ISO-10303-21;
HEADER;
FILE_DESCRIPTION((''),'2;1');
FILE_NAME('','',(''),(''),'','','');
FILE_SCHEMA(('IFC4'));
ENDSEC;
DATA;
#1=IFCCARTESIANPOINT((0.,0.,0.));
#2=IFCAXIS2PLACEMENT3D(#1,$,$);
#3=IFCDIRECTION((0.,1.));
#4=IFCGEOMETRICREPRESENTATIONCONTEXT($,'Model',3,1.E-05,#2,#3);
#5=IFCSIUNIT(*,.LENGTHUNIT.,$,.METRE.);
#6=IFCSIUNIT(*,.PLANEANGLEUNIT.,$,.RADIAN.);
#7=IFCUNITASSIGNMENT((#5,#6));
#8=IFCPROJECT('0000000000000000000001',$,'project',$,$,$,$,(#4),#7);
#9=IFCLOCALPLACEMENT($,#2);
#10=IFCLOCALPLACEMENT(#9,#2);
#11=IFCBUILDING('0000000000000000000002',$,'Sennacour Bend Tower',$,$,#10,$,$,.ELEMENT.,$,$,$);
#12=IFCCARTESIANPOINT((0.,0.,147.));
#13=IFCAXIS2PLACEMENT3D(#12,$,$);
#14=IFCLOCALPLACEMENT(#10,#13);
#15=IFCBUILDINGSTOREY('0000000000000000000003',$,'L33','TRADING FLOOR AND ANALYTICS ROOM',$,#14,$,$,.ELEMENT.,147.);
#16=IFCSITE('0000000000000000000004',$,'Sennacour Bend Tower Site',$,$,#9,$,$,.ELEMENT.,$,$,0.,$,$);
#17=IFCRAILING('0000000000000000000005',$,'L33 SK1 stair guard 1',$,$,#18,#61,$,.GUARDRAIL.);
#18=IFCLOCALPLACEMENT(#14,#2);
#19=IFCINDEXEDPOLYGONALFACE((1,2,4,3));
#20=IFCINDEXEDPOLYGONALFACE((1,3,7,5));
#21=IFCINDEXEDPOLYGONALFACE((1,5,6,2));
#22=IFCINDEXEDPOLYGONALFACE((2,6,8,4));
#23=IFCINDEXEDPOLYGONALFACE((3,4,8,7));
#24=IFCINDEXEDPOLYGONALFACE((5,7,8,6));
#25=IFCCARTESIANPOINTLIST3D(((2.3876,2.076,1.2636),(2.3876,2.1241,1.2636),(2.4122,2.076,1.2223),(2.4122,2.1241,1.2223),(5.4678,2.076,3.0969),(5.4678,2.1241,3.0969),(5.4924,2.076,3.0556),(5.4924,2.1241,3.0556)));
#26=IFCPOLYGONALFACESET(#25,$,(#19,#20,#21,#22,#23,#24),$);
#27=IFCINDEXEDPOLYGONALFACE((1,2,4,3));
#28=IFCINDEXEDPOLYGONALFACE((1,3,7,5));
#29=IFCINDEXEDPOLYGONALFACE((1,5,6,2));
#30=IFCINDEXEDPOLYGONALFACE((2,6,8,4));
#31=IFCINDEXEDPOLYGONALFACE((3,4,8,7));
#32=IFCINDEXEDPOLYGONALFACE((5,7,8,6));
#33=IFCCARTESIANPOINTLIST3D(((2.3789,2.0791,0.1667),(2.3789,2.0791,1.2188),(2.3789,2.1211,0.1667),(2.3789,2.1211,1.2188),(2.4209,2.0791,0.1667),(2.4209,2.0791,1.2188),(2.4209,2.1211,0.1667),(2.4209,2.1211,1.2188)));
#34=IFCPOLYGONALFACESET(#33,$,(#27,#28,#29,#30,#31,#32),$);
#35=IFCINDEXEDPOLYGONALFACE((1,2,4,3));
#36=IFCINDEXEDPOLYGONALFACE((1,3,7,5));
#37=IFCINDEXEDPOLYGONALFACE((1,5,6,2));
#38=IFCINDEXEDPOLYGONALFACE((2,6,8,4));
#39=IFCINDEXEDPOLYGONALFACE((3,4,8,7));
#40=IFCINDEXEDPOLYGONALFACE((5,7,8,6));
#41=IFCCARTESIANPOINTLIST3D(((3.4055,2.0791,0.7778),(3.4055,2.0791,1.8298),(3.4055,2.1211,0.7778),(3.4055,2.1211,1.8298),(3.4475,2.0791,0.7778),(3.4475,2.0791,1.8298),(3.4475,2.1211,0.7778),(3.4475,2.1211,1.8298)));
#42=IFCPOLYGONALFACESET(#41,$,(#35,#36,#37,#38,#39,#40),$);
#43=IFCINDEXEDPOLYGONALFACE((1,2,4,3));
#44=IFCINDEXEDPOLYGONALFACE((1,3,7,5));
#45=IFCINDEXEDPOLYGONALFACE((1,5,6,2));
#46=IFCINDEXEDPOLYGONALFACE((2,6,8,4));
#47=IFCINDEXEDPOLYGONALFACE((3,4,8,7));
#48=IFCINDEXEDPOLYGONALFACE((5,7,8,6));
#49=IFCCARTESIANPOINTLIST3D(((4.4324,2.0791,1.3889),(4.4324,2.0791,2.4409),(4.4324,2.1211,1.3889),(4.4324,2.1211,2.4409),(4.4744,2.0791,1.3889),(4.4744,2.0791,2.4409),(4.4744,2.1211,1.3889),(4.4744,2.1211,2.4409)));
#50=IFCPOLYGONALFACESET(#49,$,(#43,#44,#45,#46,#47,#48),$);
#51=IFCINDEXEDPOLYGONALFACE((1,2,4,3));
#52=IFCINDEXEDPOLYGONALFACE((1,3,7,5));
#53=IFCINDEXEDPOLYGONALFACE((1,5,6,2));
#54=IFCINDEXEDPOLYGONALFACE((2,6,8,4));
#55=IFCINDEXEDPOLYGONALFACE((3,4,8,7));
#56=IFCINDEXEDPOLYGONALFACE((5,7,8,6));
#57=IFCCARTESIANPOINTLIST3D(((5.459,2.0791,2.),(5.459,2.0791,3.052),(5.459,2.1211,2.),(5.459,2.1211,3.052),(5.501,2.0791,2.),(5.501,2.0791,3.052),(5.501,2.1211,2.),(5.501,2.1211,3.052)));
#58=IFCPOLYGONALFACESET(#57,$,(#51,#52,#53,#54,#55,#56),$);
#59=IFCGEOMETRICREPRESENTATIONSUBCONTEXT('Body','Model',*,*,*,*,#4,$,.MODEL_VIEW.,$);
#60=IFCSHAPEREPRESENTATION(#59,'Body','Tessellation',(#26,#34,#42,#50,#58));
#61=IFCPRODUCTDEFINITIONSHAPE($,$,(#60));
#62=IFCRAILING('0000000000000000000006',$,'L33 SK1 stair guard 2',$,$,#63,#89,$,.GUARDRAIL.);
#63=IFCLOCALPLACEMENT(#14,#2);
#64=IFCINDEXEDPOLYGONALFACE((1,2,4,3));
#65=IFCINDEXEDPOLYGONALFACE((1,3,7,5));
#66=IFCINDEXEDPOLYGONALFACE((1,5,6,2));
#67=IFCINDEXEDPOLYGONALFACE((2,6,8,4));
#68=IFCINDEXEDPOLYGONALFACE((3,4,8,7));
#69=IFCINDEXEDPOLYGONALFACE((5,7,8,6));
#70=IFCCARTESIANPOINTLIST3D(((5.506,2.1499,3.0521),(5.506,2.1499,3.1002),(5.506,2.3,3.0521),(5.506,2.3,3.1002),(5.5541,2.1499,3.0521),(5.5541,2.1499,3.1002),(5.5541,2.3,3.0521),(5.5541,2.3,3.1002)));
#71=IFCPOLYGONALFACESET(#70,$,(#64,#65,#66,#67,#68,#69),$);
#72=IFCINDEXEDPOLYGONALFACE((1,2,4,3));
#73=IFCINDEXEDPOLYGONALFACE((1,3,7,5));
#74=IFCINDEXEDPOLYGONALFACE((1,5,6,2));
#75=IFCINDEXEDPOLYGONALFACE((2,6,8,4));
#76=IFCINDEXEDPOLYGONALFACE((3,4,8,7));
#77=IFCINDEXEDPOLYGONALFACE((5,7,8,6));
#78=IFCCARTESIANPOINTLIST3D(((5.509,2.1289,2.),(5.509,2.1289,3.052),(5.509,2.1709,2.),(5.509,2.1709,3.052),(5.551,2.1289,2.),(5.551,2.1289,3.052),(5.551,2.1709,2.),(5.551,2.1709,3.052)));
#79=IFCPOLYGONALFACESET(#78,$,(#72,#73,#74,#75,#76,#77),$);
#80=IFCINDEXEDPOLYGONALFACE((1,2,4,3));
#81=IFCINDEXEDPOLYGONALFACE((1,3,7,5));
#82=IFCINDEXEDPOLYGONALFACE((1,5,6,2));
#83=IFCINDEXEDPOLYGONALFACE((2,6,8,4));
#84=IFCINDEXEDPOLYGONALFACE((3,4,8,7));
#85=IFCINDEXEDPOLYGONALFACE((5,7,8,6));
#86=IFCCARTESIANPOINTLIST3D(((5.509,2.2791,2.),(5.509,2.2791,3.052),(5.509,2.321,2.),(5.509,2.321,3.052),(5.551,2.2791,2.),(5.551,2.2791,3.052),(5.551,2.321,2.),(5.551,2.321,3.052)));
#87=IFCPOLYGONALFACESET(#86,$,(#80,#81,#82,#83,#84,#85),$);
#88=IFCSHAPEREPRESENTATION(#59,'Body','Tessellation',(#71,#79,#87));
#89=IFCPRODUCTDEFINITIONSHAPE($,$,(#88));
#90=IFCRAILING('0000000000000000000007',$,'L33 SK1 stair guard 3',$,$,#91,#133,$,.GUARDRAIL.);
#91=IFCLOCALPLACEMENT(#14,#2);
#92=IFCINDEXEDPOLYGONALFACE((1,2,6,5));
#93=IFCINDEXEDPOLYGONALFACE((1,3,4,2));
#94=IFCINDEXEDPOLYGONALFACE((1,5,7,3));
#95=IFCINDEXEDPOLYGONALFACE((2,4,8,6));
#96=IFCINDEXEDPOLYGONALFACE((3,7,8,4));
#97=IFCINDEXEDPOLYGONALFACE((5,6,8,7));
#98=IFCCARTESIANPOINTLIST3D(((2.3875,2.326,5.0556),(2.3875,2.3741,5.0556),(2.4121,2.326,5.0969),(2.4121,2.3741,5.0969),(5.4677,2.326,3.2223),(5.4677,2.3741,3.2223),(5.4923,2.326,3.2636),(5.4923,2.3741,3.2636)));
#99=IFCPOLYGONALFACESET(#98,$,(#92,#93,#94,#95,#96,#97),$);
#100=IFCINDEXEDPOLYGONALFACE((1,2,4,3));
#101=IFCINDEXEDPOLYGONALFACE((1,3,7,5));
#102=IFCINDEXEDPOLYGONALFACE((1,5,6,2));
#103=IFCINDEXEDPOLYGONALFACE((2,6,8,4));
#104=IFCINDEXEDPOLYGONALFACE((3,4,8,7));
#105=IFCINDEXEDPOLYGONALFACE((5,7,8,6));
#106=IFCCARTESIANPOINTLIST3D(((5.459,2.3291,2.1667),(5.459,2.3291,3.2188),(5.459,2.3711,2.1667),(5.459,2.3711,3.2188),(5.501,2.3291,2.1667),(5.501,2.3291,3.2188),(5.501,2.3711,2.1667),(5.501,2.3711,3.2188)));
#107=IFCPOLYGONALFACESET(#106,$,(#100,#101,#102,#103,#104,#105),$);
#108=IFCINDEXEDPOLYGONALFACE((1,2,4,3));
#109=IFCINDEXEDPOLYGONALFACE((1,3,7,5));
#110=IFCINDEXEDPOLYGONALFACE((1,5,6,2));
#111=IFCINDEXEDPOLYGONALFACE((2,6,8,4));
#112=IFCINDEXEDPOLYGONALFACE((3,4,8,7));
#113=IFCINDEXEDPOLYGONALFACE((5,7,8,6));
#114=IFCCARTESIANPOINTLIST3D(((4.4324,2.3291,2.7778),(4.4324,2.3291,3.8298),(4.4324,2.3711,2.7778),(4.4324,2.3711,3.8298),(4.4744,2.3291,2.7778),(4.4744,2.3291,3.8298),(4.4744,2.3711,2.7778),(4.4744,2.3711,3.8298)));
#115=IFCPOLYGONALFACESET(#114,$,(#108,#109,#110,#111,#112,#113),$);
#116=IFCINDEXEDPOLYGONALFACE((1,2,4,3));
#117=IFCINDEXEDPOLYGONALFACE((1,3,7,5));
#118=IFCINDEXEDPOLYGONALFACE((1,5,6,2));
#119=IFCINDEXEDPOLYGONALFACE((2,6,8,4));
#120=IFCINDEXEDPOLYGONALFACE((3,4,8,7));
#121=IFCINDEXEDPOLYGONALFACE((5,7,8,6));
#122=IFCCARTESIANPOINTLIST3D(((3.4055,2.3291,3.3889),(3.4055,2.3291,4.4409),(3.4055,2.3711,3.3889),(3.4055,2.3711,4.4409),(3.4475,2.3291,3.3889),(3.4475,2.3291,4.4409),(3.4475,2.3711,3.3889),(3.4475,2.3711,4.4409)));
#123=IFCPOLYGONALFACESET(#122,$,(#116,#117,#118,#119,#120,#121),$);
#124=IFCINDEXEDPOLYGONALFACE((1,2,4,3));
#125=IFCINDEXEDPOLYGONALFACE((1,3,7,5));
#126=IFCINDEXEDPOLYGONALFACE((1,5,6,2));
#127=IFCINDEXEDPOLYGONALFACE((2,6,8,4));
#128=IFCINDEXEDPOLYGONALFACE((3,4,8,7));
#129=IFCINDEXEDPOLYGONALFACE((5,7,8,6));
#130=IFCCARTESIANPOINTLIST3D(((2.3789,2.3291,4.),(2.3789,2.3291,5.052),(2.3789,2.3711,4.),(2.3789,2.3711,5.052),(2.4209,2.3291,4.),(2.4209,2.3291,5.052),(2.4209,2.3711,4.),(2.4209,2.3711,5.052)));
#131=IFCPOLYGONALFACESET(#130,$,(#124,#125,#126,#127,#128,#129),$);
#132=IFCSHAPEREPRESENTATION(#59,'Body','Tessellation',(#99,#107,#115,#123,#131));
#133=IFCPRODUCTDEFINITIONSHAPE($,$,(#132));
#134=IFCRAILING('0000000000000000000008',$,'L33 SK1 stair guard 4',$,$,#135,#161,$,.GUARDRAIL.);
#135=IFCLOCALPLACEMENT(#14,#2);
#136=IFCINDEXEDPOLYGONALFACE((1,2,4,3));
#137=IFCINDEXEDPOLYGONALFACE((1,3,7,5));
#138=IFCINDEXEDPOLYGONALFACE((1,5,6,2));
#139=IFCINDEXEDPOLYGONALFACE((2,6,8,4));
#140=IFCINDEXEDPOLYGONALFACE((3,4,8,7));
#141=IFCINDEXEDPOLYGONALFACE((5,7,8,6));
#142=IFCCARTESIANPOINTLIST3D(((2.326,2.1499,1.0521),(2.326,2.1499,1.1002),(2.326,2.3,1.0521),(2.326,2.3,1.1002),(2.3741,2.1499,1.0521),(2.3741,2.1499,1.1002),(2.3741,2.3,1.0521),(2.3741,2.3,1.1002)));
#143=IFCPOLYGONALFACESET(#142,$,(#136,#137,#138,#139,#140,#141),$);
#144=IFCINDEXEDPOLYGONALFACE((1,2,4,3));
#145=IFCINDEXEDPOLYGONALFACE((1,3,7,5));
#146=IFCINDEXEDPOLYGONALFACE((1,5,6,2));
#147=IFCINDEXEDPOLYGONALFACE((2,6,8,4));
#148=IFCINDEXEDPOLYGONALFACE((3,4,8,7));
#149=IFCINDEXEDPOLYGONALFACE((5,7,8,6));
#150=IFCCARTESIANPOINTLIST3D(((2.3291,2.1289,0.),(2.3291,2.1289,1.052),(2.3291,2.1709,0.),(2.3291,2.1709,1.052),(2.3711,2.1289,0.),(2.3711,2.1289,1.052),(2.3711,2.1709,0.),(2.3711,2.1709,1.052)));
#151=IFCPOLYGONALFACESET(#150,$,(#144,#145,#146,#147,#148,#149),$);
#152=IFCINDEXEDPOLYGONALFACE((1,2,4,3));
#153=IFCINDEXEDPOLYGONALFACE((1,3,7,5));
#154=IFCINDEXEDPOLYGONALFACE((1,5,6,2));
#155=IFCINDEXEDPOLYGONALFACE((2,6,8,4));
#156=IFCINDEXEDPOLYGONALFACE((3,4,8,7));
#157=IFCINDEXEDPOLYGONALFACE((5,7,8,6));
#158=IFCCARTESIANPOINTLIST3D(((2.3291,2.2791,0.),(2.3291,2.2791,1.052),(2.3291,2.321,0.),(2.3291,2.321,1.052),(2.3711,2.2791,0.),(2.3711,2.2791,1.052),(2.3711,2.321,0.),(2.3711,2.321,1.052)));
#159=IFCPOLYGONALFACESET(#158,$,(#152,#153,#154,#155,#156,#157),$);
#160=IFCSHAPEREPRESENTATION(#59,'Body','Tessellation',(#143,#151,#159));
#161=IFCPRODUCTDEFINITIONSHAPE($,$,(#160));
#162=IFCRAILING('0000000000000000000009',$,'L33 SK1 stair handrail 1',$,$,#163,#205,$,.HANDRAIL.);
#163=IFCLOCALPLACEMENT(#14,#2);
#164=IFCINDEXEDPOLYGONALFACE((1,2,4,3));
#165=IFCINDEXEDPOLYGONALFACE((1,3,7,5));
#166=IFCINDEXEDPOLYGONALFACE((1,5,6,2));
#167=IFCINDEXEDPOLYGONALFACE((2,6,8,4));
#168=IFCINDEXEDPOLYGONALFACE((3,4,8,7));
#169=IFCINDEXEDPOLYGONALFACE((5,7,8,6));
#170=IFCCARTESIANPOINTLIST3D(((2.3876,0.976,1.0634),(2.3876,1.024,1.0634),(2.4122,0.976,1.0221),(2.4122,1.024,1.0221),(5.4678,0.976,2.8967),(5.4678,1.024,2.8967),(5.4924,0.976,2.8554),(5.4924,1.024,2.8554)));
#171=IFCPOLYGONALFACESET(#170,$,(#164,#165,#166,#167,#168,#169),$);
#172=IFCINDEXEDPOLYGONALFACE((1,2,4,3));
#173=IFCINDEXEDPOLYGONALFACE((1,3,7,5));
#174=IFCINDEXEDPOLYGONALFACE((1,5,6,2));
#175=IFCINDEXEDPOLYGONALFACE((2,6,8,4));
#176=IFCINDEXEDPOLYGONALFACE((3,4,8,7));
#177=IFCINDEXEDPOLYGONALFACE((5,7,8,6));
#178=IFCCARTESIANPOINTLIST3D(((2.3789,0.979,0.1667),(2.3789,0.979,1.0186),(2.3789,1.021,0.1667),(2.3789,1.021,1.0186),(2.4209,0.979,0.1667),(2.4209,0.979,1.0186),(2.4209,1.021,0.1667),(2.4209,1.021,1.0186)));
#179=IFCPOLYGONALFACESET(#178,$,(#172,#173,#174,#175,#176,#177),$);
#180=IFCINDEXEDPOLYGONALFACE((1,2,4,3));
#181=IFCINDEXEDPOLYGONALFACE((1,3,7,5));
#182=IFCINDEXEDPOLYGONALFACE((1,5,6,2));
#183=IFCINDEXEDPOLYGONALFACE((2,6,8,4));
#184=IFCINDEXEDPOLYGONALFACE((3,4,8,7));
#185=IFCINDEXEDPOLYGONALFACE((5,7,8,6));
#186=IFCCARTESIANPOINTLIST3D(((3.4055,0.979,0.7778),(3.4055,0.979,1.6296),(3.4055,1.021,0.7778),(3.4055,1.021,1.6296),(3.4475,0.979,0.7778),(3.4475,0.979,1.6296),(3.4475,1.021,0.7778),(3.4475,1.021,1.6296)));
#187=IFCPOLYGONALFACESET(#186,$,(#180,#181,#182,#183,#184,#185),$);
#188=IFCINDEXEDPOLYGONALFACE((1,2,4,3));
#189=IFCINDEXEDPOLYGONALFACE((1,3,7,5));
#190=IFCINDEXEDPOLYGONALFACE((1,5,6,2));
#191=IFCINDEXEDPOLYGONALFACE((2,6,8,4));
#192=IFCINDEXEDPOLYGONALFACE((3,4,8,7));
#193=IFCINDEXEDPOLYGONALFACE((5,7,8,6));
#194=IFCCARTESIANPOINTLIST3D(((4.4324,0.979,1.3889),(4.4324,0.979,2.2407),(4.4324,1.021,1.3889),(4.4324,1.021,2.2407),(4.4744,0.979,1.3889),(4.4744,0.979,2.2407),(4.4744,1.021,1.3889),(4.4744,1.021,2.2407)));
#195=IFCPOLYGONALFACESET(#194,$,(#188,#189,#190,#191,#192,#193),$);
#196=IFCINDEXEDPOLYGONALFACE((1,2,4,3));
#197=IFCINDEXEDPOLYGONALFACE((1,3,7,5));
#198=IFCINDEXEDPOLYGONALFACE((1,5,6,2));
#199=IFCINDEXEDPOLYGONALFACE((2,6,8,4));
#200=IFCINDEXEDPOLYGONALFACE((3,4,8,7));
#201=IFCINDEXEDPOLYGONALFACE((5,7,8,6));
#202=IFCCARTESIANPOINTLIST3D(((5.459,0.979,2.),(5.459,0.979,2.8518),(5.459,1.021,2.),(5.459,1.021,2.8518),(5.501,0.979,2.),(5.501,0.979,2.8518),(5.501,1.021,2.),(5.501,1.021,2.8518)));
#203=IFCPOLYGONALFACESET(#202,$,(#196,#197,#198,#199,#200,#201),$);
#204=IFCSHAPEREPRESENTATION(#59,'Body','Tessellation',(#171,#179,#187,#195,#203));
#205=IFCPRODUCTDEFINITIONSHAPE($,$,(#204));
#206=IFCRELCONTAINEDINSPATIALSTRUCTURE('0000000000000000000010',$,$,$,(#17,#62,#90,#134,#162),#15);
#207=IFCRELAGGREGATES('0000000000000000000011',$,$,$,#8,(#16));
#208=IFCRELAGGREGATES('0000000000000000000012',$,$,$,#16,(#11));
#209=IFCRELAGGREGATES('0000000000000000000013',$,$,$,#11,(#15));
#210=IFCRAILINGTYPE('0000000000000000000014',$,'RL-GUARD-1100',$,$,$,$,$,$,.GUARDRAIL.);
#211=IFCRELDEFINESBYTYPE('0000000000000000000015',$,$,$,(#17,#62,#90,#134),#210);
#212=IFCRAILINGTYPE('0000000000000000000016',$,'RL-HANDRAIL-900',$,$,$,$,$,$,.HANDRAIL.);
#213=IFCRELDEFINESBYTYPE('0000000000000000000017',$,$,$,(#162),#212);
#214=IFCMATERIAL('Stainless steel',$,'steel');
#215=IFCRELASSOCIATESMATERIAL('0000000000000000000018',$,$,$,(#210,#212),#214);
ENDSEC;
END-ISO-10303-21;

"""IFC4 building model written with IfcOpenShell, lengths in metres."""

from ifc_helpers import new_model, si_unit, direction, frame, origin, origin_2d, place, context, subcontext, project, spatial, rectangle, extrude, material, type_object, element, save


model = new_model("IFC4")

# Units and contexts
model_context = context("Model", 3, precision=1e-05, world=origin(), true_north=direction((0.0, 1.0)))
body_context = subcontext(model_context, "Body", "Model", "MODEL_VIEW")
ifc_project = project(units=[si_unit("LENGTHUNIT", "METRE"), si_unit("PLANEANGLEUNIT", "RADIAN")], contexts=[model_context])

# Site, building, storey
site_placement = place(None, origin())
site = spatial("IfcSite", under=ifc_project, at=site_placement, Name="Sennacour Bend Tower Site", CompositionType="ELEMENT", RefElevation=0.0)
building_placement = place(site_placement, origin())
building = spatial("IfcBuilding", under=site, at=building_placement, Name="Sennacour Bend Tower", CompositionType="ELEMENT")
storey_placement = place(building_placement, frame((0.0, 0.0, 147.0)))
storey = spatial("IfcBuildingStorey", under=building, at=storey_placement, Name="L33", Description="TRADING FLOOR AND ANALYTICS ROOM", CompositionType="ELEMENT", Elevation=147.0)

# Railings
ifc_material_1 = material(Name="Stainless steel", Category="steel")
railing_type_1 = type_object("IfcRailingType", Name="RL-GUARD-1100", PredefinedType="GUARDRAIL", material=ifc_material_1)
railing_1_placement = place(storey_placement, frame((2.3999, 2.1001, 0.1667)))
element("IfcRailing", 1, at=railing_1_placement, inside=storey, type_object=railing_type_1, Name="L33 SK1 stair guard 1", PredefinedType="GUARDRAIL", context=body_context, shape_type="SweptSolid", body=[
    extrude(rectangle(XDim=0.0481, YDim=0.0481, at=origin_2d()), frame((0.0, 0.0, 1.0762), z_axis=(0.859309, 0.0, 0.511458), x_axis=(0.0, 1.0, 0.0)), (0.0, 0.0, 1.0), 3.5845),
    extrude(rectangle(XDim=0.042, YDim=0.042, at=origin_2d()), origin(), (0.0, 0.0, 1.0), 1.052),
    extrude(rectangle(XDim=0.042, YDim=0.042, at=origin_2d()), frame((1.0266, 0.0, 0.6111)), (0.0, 0.0, 1.0), 1.052),
    extrude(rectangle(XDim=0.042, YDim=0.042, at=origin_2d()), frame((2.0535, 0.0, 1.2222)), (0.0, 0.0, 1.0), 1.052),
    extrude(rectangle(XDim=0.042, YDim=0.042, at=origin_2d()), frame((3.0801, 0.0, 1.8333)), (0.0, 0.0, 1.0), 1.052),
])
railing_2_placement = place(storey_placement, frame((5.53, 2.1499, 2.0)))
element("IfcRailing", 2, at=railing_2_placement, inside=storey, type_object=railing_type_1, Name="L33 SK1 stair guard 2", PredefinedType="GUARDRAIL", context=body_context, shape_type="SweptSolid", body=[
    extrude(rectangle(XDim=0.0481, YDim=0.0481, at=origin_2d()), frame((0.0, 0.0, 1.0762), z_axis=(0.0, 1.0, 0.0), x_axis=(-1.0, 0.0, 0.0)), (0.0, 0.0, 1.0), 0.1501),
    extrude(rectangle(XDim=0.042, YDim=0.042, at=origin_2d()), origin(), (0.0, 0.0, 1.0), 1.052),
    extrude(rectangle(XDim=0.042, YDim=0.042, at=origin_2d()), frame((0.0, 0.1501, 0.0)), (0.0, 0.0, 1.0), 1.052),
])
railing_3_placement = place(storey_placement, frame((5.48, 2.3501, 2.1667)))
element("IfcRailing", 3, at=railing_3_placement, inside=storey, type_object=railing_type_1, Name="L33 SK1 stair guard 3", PredefinedType="GUARDRAIL", context=body_context, shape_type="SweptSolid", body=[
    extrude(rectangle(XDim=0.0481, YDim=0.0481, at=origin_2d()), frame((0.0, 0.0, 1.0762), z_axis=(-0.859309, 0.0, 0.511458), x_axis=(0.0, -1.0, 0.0)), (0.0, 0.0, 1.0), 3.5845),
    extrude(rectangle(XDim=0.042, YDim=0.042, at=origin_2d()), origin(), (0.0, 0.0, 1.0), 1.052),
    extrude(rectangle(XDim=0.042, YDim=0.042, at=origin_2d()), frame((-1.0266, 0.0, 0.6111)), (0.0, 0.0, 1.0), 1.052),
    extrude(rectangle(XDim=0.042, YDim=0.042, at=origin_2d()), frame((-2.0535, 0.0, 1.2222)), (0.0, 0.0, 1.0), 1.052),
    extrude(rectangle(XDim=0.042, YDim=0.042, at=origin_2d()), frame((-3.0801, 0.0, 1.8333)), (0.0, 0.0, 1.0), 1.052),
])
railing_4_placement = place(storey_placement, frame((2.3501, 2.1499, 0.0)))
element("IfcRailing", 4, at=railing_4_placement, inside=storey, type_object=railing_type_1, Name="L33 SK1 stair guard 4", PredefinedType="GUARDRAIL", context=body_context, shape_type="SweptSolid", body=[
    extrude(rectangle(XDim=0.0481, YDim=0.0481, at=origin_2d()), frame((0.0, 0.0, 1.0762), z_axis=(0.0, 1.0, 0.0), x_axis=(-1.0, 0.0, 0.0)), (0.0, 0.0, 1.0), 0.1501),
    extrude(rectangle(XDim=0.042, YDim=0.042, at=origin_2d()), origin(), (0.0, 0.0, 1.0), 1.052),
    extrude(rectangle(XDim=0.042, YDim=0.042, at=origin_2d()), frame((0.0, 0.1501, 0.0)), (0.0, 0.0, 1.0), 1.052),
])
railing_type_2 = type_object("IfcRailingType", Name="RL-HANDRAIL-900", PredefinedType="HANDRAIL", material=ifc_material_1)
railing_5_placement = place(storey_placement, frame((2.3999, 1.0, 0.1667)))
element("IfcRailing", 5, at=railing_5_placement, inside=storey, type_object=railing_type_2, Name="L33 SK1 stair handrail 1", PredefinedType="HANDRAIL", context=body_context, shape_type="SweptSolid", body=[
    extrude(rectangle(XDim=0.0481, YDim=0.0481, at=origin_2d()), frame((0.0, 0.0, 0.876), z_axis=(0.859309, 0.0, 0.511458), x_axis=(0.0, 1.0, 0.0)), (0.0, 0.0, 1.0), 3.5845),
    extrude(rectangle(XDim=0.042, YDim=0.042, at=origin_2d()), origin(), (0.0, 0.0, 1.0), 0.8518),
    extrude(rectangle(XDim=0.042, YDim=0.042, at=origin_2d()), frame((1.0266, 0.0, 0.6111)), (0.0, 0.0, 1.0), 0.8518),
    extrude(rectangle(XDim=0.042, YDim=0.042, at=origin_2d()), frame((2.0535, 0.0, 1.2222)), (0.0, 0.0, 1.0), 0.8518),
    extrude(rectangle(XDim=0.042, YDim=0.042, at=origin_2d()), frame((3.0801, 0.0, 1.8333)), (0.0, 0.0, 1.0), 0.8518),
])

save(model, "model.ifc")
